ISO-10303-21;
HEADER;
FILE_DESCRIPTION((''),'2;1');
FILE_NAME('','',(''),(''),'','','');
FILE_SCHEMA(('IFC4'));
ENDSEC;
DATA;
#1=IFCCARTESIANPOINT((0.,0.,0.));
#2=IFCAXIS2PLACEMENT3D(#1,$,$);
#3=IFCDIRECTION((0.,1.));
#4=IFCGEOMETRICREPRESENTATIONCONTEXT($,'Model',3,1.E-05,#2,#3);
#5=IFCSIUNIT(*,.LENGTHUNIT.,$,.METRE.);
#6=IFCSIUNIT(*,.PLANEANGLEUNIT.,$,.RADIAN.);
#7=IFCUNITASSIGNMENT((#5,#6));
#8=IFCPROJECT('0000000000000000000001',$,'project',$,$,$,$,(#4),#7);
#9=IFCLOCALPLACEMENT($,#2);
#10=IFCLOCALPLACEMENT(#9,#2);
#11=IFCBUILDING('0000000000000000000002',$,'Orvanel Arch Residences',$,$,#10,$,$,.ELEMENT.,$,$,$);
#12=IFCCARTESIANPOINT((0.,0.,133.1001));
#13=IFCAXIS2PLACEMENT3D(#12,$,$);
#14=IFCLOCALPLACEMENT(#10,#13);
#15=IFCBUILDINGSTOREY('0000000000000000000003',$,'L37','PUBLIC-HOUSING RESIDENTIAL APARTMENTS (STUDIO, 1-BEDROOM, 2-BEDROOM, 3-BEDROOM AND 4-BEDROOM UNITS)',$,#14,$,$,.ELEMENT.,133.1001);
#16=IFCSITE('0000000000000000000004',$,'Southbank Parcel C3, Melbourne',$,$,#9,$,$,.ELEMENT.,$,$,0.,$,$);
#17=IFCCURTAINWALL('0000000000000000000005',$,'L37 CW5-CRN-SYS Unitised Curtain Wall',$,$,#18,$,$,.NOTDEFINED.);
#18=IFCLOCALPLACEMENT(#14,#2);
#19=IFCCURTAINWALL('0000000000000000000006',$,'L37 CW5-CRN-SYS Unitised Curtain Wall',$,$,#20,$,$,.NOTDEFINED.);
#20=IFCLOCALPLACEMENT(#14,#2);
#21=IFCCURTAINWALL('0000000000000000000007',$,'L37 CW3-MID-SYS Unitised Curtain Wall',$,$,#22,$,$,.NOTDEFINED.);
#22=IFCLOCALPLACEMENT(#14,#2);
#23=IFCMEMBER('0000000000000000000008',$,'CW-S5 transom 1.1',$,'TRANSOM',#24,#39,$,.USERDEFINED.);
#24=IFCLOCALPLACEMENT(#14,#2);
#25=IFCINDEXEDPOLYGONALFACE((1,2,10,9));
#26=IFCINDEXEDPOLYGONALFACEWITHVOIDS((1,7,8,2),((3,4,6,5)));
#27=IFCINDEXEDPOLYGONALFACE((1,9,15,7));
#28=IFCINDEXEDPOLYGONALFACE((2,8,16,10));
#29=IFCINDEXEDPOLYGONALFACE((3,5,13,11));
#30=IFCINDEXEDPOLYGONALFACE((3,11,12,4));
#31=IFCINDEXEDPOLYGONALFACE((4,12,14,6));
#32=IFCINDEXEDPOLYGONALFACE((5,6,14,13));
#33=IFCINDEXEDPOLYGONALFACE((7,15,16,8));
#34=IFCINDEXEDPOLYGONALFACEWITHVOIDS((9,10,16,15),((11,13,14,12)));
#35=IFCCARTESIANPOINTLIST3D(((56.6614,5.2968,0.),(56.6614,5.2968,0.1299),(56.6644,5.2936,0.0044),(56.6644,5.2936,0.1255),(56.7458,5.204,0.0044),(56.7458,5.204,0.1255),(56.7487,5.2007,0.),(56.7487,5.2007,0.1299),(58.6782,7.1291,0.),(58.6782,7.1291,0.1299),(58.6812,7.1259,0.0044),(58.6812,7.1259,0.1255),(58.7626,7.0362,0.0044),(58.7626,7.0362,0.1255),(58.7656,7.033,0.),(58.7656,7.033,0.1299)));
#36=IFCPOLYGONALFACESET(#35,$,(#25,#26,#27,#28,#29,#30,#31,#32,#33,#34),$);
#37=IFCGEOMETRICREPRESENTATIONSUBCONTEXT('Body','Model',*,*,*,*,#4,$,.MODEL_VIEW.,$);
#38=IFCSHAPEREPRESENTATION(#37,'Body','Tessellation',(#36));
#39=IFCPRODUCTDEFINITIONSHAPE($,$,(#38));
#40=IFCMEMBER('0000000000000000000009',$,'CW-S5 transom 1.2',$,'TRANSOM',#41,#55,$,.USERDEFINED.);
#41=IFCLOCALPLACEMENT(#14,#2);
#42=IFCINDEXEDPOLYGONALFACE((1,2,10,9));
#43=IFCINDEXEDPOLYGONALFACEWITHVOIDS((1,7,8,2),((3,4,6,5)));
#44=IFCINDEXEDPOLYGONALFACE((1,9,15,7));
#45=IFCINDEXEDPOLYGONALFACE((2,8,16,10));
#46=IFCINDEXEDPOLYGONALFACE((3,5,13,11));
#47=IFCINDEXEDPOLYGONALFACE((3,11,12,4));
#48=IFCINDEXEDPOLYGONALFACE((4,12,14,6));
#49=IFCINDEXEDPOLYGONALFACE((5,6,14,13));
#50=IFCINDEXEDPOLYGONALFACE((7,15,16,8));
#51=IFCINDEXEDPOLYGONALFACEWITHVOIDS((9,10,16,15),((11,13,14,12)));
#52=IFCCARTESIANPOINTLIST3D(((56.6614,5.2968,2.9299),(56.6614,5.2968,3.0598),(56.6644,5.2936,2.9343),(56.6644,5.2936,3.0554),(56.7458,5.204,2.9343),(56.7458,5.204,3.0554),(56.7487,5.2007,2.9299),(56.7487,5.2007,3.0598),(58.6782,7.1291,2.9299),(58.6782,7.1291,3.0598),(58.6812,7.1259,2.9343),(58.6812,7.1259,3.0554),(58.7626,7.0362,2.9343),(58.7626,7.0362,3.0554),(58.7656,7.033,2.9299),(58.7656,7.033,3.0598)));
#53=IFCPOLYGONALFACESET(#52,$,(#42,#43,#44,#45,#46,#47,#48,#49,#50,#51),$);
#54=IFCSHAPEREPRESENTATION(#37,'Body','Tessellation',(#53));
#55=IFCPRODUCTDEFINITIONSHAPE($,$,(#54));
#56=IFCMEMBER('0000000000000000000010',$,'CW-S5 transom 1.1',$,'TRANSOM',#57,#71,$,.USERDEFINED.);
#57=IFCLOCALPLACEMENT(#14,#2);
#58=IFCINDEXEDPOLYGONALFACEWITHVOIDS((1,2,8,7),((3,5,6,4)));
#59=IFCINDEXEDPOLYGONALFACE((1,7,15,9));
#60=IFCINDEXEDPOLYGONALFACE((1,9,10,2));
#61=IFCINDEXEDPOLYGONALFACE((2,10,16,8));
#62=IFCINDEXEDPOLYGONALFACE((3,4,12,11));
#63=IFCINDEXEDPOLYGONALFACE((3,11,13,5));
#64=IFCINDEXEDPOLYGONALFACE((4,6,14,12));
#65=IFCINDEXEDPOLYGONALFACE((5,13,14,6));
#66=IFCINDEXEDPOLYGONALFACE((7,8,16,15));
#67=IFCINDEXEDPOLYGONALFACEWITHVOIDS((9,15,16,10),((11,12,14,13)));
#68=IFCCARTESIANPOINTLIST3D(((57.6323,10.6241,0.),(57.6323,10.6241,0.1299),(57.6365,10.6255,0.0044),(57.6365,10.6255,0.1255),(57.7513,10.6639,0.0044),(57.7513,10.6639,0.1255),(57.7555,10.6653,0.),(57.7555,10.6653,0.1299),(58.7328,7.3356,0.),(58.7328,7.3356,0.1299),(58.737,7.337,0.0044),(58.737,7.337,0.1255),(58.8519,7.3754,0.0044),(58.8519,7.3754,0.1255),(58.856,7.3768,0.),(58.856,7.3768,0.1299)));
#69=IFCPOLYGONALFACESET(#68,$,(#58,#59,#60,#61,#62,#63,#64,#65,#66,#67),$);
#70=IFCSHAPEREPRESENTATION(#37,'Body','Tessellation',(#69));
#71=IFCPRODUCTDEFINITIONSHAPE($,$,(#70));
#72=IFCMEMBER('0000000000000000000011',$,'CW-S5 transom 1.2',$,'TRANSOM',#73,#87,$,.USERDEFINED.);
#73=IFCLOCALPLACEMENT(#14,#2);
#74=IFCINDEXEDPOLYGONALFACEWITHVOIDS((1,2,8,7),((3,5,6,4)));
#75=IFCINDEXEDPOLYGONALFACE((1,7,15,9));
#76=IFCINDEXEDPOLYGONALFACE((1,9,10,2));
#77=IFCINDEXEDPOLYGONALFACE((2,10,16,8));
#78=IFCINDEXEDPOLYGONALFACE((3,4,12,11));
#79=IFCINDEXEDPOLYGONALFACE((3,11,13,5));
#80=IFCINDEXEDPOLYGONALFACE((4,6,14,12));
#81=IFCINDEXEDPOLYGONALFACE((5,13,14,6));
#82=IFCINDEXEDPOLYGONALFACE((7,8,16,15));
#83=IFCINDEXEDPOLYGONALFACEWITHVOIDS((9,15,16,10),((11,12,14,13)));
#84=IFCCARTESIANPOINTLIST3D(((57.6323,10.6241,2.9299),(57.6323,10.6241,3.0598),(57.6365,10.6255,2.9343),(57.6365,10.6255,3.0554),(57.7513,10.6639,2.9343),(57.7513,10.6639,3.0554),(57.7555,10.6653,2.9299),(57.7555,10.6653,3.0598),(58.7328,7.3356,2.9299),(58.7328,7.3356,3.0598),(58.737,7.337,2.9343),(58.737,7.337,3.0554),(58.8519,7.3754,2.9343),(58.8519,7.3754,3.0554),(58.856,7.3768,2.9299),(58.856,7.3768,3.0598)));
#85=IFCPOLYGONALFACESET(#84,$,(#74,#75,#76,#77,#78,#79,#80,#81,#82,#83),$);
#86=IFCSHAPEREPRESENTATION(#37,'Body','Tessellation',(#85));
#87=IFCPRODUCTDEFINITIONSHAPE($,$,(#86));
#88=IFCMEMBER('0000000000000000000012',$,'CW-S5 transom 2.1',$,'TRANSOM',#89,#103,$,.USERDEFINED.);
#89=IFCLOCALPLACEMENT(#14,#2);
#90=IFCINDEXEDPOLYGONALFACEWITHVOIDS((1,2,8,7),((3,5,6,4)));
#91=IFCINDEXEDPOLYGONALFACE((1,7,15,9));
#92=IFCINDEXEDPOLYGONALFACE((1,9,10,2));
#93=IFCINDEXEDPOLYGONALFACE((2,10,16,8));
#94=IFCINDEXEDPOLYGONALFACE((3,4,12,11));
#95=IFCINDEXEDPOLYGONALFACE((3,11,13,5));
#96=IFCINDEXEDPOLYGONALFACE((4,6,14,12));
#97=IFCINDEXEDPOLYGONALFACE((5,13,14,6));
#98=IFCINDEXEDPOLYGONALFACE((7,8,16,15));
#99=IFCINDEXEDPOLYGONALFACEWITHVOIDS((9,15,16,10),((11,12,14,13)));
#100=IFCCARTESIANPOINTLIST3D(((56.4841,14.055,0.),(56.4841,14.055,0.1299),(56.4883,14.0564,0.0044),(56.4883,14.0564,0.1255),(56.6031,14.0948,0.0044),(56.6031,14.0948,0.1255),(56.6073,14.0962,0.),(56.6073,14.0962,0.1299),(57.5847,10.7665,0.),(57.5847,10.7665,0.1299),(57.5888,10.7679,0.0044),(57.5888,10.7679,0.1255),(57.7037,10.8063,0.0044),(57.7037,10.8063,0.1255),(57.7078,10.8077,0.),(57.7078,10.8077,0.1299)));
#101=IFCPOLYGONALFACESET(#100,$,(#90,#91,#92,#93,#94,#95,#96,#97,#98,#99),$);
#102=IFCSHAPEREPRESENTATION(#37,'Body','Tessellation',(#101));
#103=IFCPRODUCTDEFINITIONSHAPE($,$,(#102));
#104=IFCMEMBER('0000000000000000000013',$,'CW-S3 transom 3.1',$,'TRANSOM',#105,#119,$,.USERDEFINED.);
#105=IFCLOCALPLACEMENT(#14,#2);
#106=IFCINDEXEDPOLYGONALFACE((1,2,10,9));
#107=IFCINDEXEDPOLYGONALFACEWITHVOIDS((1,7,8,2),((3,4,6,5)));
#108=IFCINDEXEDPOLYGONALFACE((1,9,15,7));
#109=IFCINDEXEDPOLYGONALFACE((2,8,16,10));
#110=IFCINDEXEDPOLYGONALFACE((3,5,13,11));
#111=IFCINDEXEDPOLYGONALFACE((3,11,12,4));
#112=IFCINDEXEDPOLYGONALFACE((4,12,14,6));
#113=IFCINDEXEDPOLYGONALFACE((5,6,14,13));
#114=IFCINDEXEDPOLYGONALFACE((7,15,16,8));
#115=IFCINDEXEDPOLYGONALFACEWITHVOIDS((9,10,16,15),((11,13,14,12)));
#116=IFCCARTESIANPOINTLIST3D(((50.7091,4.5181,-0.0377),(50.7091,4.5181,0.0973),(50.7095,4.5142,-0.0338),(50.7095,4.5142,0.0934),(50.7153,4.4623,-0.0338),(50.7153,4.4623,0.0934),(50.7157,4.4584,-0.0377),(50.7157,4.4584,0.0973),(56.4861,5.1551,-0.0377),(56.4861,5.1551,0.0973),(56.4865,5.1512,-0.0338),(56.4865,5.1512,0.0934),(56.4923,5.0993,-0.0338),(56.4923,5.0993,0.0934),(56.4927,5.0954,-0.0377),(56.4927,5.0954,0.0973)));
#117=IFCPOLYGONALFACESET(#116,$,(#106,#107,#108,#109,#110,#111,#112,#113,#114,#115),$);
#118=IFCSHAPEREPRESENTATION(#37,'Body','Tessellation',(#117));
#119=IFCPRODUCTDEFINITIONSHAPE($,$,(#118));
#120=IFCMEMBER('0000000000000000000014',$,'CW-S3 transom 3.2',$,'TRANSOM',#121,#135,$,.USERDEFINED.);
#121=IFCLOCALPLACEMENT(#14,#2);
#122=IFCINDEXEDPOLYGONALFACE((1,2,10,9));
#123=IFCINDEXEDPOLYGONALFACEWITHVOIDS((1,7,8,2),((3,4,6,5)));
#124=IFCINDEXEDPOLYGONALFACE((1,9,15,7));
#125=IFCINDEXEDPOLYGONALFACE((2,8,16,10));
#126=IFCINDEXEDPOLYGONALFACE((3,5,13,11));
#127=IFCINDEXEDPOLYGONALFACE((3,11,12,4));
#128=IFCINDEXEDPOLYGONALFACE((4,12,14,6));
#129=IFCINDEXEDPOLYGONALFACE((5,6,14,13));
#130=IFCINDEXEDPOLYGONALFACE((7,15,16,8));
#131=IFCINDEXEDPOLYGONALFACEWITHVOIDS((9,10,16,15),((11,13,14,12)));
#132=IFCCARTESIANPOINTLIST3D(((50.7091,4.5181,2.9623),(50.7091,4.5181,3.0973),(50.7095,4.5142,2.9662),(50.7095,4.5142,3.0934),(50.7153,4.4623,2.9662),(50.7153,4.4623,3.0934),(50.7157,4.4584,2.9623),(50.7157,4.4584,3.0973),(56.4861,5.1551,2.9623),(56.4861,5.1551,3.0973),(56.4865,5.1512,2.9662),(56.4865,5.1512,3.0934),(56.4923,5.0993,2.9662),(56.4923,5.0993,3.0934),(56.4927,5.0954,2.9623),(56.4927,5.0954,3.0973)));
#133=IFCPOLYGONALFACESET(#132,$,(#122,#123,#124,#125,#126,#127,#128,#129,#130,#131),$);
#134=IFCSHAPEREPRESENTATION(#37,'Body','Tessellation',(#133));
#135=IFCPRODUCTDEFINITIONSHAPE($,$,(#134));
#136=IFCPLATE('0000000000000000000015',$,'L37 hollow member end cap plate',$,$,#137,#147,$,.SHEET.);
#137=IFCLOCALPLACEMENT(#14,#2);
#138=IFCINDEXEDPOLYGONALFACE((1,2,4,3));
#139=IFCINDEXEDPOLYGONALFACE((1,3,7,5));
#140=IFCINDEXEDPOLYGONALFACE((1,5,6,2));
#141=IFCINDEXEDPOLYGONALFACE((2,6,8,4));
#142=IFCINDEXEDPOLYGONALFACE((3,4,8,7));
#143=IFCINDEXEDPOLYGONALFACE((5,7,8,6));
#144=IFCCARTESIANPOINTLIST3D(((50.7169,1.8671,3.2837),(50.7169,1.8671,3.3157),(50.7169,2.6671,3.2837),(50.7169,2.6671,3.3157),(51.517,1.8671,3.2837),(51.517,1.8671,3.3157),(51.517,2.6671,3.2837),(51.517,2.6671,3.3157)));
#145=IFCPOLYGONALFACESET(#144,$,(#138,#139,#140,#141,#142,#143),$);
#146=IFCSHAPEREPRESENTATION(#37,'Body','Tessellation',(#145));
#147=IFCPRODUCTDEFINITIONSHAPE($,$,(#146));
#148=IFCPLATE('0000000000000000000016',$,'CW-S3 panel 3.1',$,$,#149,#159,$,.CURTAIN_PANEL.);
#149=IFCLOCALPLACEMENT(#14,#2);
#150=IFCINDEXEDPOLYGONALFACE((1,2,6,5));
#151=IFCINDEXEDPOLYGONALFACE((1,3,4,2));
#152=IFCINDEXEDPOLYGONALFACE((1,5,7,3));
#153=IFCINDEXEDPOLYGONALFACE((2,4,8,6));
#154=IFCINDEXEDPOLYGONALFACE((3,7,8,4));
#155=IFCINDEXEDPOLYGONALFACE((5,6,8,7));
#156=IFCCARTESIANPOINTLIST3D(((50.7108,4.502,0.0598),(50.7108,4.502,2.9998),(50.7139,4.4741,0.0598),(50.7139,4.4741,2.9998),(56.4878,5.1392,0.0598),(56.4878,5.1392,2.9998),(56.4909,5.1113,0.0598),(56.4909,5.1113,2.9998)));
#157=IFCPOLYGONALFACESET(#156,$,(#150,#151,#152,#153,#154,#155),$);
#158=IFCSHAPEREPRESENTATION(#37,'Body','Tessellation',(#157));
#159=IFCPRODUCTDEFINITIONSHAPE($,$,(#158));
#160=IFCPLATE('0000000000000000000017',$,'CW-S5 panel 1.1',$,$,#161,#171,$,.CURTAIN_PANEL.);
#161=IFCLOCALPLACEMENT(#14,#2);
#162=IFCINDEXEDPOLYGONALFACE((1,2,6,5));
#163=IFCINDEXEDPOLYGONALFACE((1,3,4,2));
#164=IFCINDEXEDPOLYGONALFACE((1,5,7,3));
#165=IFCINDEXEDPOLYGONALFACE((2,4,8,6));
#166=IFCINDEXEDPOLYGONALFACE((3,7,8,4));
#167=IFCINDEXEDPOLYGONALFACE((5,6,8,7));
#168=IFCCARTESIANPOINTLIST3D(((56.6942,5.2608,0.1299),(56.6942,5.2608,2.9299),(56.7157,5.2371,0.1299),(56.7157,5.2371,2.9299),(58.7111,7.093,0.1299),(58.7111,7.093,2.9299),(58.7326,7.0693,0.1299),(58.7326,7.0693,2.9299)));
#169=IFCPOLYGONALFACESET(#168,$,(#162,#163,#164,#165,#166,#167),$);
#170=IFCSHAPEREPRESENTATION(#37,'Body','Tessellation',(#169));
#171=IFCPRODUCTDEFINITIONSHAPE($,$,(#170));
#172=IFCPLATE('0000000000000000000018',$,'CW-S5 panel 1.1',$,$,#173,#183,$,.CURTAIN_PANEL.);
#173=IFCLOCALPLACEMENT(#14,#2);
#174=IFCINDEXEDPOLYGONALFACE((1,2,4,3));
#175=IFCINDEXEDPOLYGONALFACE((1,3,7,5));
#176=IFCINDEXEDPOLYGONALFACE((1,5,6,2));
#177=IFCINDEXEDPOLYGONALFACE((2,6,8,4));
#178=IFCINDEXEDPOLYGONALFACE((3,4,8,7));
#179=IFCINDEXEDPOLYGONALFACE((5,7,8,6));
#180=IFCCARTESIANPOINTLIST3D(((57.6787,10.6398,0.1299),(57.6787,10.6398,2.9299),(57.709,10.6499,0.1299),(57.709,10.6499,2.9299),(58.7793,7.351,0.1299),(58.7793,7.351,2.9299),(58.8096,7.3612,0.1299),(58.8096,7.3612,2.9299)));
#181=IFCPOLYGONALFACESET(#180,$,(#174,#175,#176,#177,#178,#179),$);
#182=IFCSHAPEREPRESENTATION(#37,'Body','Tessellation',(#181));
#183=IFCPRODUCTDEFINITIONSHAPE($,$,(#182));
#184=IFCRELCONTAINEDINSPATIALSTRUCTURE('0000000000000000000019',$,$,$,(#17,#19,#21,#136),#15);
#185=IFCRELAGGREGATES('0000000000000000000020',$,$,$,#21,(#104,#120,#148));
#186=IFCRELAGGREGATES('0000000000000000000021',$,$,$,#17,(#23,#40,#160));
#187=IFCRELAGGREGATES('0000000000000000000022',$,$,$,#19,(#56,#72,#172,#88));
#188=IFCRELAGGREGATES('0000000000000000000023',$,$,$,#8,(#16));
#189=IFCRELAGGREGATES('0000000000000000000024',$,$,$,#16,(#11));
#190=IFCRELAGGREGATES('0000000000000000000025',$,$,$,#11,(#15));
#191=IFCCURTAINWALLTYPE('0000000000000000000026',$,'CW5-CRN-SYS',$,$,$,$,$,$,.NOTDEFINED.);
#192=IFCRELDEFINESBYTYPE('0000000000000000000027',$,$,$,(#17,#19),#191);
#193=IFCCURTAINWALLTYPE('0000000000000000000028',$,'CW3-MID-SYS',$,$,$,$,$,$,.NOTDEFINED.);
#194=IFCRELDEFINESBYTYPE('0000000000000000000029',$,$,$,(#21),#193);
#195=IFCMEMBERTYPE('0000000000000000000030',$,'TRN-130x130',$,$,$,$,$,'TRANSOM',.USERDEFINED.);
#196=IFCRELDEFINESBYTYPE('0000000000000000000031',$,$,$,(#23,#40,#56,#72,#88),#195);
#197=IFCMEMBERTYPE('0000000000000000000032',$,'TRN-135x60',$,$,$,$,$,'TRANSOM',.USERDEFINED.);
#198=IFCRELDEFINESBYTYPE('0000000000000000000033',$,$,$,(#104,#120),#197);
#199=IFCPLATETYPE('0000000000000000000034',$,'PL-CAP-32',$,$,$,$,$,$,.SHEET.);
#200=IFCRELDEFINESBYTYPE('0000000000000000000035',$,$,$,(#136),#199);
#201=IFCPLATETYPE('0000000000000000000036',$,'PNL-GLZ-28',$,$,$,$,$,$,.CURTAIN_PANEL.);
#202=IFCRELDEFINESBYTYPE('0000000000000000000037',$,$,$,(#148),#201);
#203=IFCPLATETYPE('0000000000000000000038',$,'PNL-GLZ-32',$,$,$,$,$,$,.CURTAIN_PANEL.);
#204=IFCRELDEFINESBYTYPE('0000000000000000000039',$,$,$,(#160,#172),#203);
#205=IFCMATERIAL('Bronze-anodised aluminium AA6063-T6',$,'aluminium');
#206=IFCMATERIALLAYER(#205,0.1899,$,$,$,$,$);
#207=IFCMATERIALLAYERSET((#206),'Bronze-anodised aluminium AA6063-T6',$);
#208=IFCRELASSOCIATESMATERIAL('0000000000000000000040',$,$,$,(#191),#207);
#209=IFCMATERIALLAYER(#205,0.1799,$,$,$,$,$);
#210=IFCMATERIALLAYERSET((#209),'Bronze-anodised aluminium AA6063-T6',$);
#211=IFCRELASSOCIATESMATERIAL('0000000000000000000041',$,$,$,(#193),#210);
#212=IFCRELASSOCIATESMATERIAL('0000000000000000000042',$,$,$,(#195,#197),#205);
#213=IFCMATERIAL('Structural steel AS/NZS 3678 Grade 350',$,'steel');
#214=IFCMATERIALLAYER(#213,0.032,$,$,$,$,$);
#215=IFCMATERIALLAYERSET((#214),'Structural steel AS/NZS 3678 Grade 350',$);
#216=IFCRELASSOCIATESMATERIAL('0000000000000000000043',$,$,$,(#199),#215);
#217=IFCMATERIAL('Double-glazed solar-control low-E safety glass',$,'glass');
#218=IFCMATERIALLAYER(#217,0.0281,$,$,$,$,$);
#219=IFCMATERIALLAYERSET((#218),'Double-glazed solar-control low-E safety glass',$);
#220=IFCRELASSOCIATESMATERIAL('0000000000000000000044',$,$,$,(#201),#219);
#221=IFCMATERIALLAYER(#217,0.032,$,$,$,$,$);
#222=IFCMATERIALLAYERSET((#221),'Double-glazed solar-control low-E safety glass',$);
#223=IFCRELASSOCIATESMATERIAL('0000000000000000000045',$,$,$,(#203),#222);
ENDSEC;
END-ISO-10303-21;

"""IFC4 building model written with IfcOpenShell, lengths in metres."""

from ifc_helpers import new_model, si_unit, direction, frame, origin, origin_2d, place, context, subcontext, project, spatial, rectangle, hollow_rectangle, extrude, material, layer, layer_set, material_profile, profile_set, type_object, element, aggregate, save


model = new_model("IFC4")

# Units and contexts
model_context = context("Model", 3, precision=1e-05, world=origin(), true_north=direction((0.0, 1.0)))
body_context = subcontext(model_context, "Body", "Model", "MODEL_VIEW")
ifc_project = project(units=[si_unit("LENGTHUNIT", "METRE"), si_unit("PLANEANGLEUNIT", "RADIAN")], contexts=[model_context])

# Site, building, storey
site_placement = place(None, origin())
site = spatial("IfcSite", under=ifc_project, at=site_placement, Name="Southbank Parcel C3, Melbourne", CompositionType="ELEMENT", RefElevation=0.0)
building_placement = place(site_placement, origin())
building = spatial("IfcBuilding", under=site, at=building_placement, Name="Orvanel Arch Residences", CompositionType="ELEMENT")
storey_placement = place(building_placement, frame((0.0, 0.0, 133.1001)))
storey = spatial("IfcBuildingStorey", under=building, at=storey_placement, Name="L37", Description="PUBLIC-HOUSING RESIDENTIAL APARTMENTS (STUDIO, 1-BEDROOM, 2-BEDROOM, 3-BEDROOM AND 4-BEDROOM UNITS)", CompositionType="ELEMENT", Elevation=133.1001)

# Curtain walls
ifc_material_1 = material(Name="Bronze-anodised aluminium AA6063-T6", Category="aluminium")
ifc_layer_1 = layer(ifc_material_1, 0.1899)
ifc_layer_set_1 = layer_set([ifc_layer_1], Name="Bronze-anodised aluminium AA6063-T6")
curtain_wall_type_1 = type_object("IfcCurtainWallType", Name="CW5-CRN-SYS", PredefinedType="NOTDEFINED", material=ifc_layer_set_1)
curtain_wall_1_placement = place(storey_placement, origin())
curtain_wall_1 = element("IfcCurtainWall", 1, at=curtain_wall_1_placement, inside=storey, type_object=curtain_wall_type_1, Name="L37 CW5-CRN-SYS Unitised Curtain Wall", PredefinedType="NOTDEFINED")
curtain_wall_2_placement = place(storey_placement, origin())
curtain_wall_2 = element("IfcCurtainWall", 2, at=curtain_wall_2_placement, inside=storey, type_object=curtain_wall_type_1, Name="L37 CW5-CRN-SYS Unitised Curtain Wall", PredefinedType="NOTDEFINED")

# Curtain wall
ifc_layer_2 = layer(ifc_material_1, 0.1799)
ifc_layer_set_2 = layer_set([ifc_layer_2], Name="Bronze-anodised aluminium AA6063-T6")
curtain_wall_type_2 = type_object("IfcCurtainWallType", Name="CW3-MID-SYS", PredefinedType="NOTDEFINED", material=ifc_layer_set_2)
curtain_wall_3_placement = place(storey_placement, origin())
curtain_wall_3 = element("IfcCurtainWall", 3, at=curtain_wall_3_placement, inside=storey, type_object=curtain_wall_type_2, Name="L37 CW3-MID-SYS Unitised Curtain Wall", PredefinedType="NOTDEFINED")

# Members
ifc_material_profile_1 = material_profile(ifc_material_1, hollow_rectangle(XDim=0.1299, YDim=0.1299, WallThickness=0.0044, at=origin_2d()), Name="ALU130x130x4.5")
ifc_profile_set_1 = profile_set([ifc_material_profile_1], Name="Bronze-anodised aluminium AA6063-T6")
member_type_1 = type_object("IfcMemberType", Name="TRN-130x130", ElementType="TRANSOM", PredefinedType="USERDEFINED", material=ifc_profile_set_1)
member_1_placement = place(storey_placement, frame((56.7051, 5.2488, 0.0649), z_axis=(0.740163, 0.672427, 0.0), x_axis=(-0.672427, 0.740163, 0.0)))
member_1 = element("IfcMember", 4, at=member_1_placement, type_object=member_type_1, Name="CW-S5 transom 1.1", ObjectType="TRANSOM", PredefinedType="USERDEFINED", context=body_context, shape_type="SweptSolid", body=[
    extrude(hollow_rectangle(XDim=0.1299, YDim=0.1299, WallThickness=0.0044, at=origin_2d()), origin(), (0.0, 0.0, 1.0), 2.7249),
])
member_2_placement = place(storey_placement, frame((56.7051, 5.2488, 2.9949), z_axis=(0.740163, 0.672427, 0.0), x_axis=(-0.672427, 0.740163, 0.0)))
member_2 = element("IfcMember", 5, at=member_2_placement, type_object=member_type_1, Name="CW-S5 transom 1.2", ObjectType="TRANSOM", PredefinedType="USERDEFINED", context=body_context, shape_type="SweptSolid", body=[
    extrude(hollow_rectangle(XDim=0.1299, YDim=0.1299, WallThickness=0.0044, at=origin_2d()), origin(), (0.0, 0.0, 1.0), 2.7249),
])
member_3_placement = place(storey_placement, frame((58.7944, 7.3562, 0.0649), z_axis=(-0.317368, 0.948302, 0.0), x_axis=(-0.948302, -0.317368, 0.0)))
member_3 = element("IfcMember", 6, at=member_3_placement, type_object=member_type_1, Name="CW-S5 transom 1.1", ObjectType="TRANSOM", PredefinedType="USERDEFINED", context=body_context, shape_type="SweptSolid", body=[
    extrude(hollow_rectangle(XDim=0.1299, YDim=0.1299, WallThickness=0.0044, at=origin_2d()), origin(), (0.0, 0.0, 1.0), 3.4678),
])
member_4_placement = place(storey_placement, frame((58.7944, 7.3562, 2.9949), z_axis=(-0.317368, 0.948302, 0.0), x_axis=(-0.948302, -0.317368, 0.0)))
member_4 = element("IfcMember", 7, at=member_4_placement, type_object=member_type_1, Name="CW-S5 transom 1.2", ObjectType="TRANSOM", PredefinedType="USERDEFINED", context=body_context, shape_type="SweptSolid", body=[
    extrude(hollow_rectangle(XDim=0.1299, YDim=0.1299, WallThickness=0.0044, at=origin_2d()), origin(), (0.0, 0.0, 1.0), 3.4678),
])
member_5_placement = place(storey_placement, frame((57.6462, 10.7871, 0.0649), z_axis=(-0.317368, 0.948302, 0.0), x_axis=(-0.948302, -0.317368, 0.0)))
member_5 = element("IfcMember", 8, at=member_5_placement, type_object=member_type_1, Name="CW-S5 transom 2.1", ObjectType="TRANSOM", PredefinedType="USERDEFINED", context=body_context, shape_type="SweptSolid", body=[
    extrude(hollow_rectangle(XDim=0.1299, YDim=0.1299, WallThickness=0.0044, at=origin_2d()), origin(), (0.0, 0.0, 1.0), 3.4678),
])
ifc_material_profile_2 = material_profile(ifc_material_1, hollow_rectangle(XDim=0.0601, YDim=0.135, WallThickness=0.0039, at=origin_2d()), Name="ALU135x60x4")
ifc_profile_set_2 = profile_set([ifc_material_profile_2], Name="Bronze-anodised aluminium AA6063-T6")
member_type_2 = type_object("IfcMemberType", Name="TRN-135x60", ElementType="TRANSOM", PredefinedType="USERDEFINED", material=ifc_profile_set_2)
member_6_placement = place(storey_placement, frame((50.7124, 4.4883, 0.0298), z_axis=(0.993977, 0.109592, 0.0), x_axis=(-0.109592, 0.993977, 0.0)))
member_6 = element("IfcMember", 9, at=member_6_placement, type_object=member_type_2, Name="CW-S3 transom 3.1", ObjectType="TRANSOM", PredefinedType="USERDEFINED", context=body_context, shape_type="SweptSolid", body=[
    extrude(hollow_rectangle(XDim=0.0601, YDim=0.135, WallThickness=0.0039, at=origin_2d()), origin(), (0.0, 0.0, 1.0), 5.812),
])
member_7_placement = place(storey_placement, frame((50.7124, 4.4883, 3.0298), z_axis=(0.993977, 0.109592, 0.0), x_axis=(-0.109592, 0.993977, 0.0)))
member_7 = element("IfcMember", 10, at=member_7_placement, type_object=member_type_2, Name="CW-S3 transom 3.2", ObjectType="TRANSOM", PredefinedType="USERDEFINED", context=body_context, shape_type="SweptSolid", body=[
    extrude(hollow_rectangle(XDim=0.0601, YDim=0.135, WallThickness=0.0039, at=origin_2d()), origin(), (0.0, 0.0, 1.0), 5.812),
])

# Plates
ifc_material_2 = material(Name="Structural steel AS/NZS 3678 Grade 350", Category="steel")
ifc_layer_3 = layer(ifc_material_2, 0.032)
ifc_layer_set_3 = layer_set([ifc_layer_3], Name="Structural steel AS/NZS 3678 Grade 350")
plate_type_1 = type_object("IfcPlateType", Name="PL-CAP-32", PredefinedType="SHEET", material=ifc_layer_set_3)
plate_1_placement = place(storey_placement, frame((51.1169, 2.2671, 3.2837), z_axis=(0.0, 0.0, 1.0), x_axis=(1.0, 0.0, 0.0)))
element("IfcPlate", 11, at=plate_1_placement, inside=storey, type_object=plate_type_1, Name="L37 hollow member end cap plate", PredefinedType="SHEET", context=body_context, shape_type="SweptSolid", body=[
    extrude(rectangle(XDim=0.8, YDim=0.8, at=origin_2d()), origin(), (0.0, 0.0, 1.0), 0.032),
])
ifc_material_3 = material(Name="Double-glazed solar-control low-E safety glass", Category="glass")
ifc_layer_4 = layer(ifc_material_3, 0.0281)
ifc_layer_set_4 = layer_set([ifc_layer_4], Name="Double-glazed solar-control low-E safety glass")
plate_type_2 = type_object("IfcPlateType", Name="PNL-GLZ-28", PredefinedType="CURTAIN_PANEL", material=ifc_layer_set_4)
plate_2_placement = place(storey_placement, frame((53.6008, 4.8066, 0.0598), z_axis=(0.0, 0.0, 1.0), x_axis=(0.993973, 0.109628, 0.0)))
plate_2 = element("IfcPlate", 12, at=plate_2_placement, type_object=plate_type_2, Name="CW-S3 panel 3.1", PredefinedType="CURTAIN_PANEL", context=body_context, shape_type="SweptSolid", body=[
    extrude(rectangle(XDim=5.812, YDim=0.0281, at=origin_2d()), origin(), (0.0, 0.0, 1.0), 2.9399),
])
aggregate(curtain_wall_3, [member_6, member_7, plate_2])
ifc_layer_5 = layer(ifc_material_3, 0.032)
ifc_layer_set_5 = layer_set([ifc_layer_5], Name="Double-glazed solar-control low-E safety glass")
plate_type_3 = type_object("IfcPlateType", Name="PNL-GLZ-32", PredefinedType="CURTAIN_PANEL", material=ifc_layer_set_5)
plate_3_placement = place(storey_placement, frame((57.7134, 6.165, 0.1299), z_axis=(0.0, 0.0, 1.0), x_axis=(0.740179, 0.672409, 0.0)))
plate_3 = element("IfcPlate", 13, at=plate_3_placement, type_object=plate_type_3, Name="CW-S5 panel 1.1", PredefinedType="CURTAIN_PANEL", context=body_context, shape_type="SweptSolid", body=[
    extrude(rectangle(XDim=2.7249, YDim=0.032, at=origin_2d()), origin(), (0.0, 0.0, 1.0), 2.8),
])
aggregate(curtain_wall_1, [member_1, member_2, plate_3])
plate_4_placement = place(storey_placement, frame((58.2441, 9.0005, 0.1299), z_axis=(0.0, 0.0, 1.0), x_axis=(-0.317365, 0.948304, 0.0)))
plate_4 = element("IfcPlate", 14, at=plate_4_placement, type_object=plate_type_3, Name="CW-S5 panel 1.1", PredefinedType="CURTAIN_PANEL", context=body_context, shape_type="SweptSolid", body=[
    extrude(rectangle(XDim=3.468, YDim=0.032, at=origin_2d()), origin(), (0.0, 0.0, 1.0), 2.8),
])
aggregate(curtain_wall_2, [member_3, member_4, plate_4, member_5])

save(model, "model.ifc")
